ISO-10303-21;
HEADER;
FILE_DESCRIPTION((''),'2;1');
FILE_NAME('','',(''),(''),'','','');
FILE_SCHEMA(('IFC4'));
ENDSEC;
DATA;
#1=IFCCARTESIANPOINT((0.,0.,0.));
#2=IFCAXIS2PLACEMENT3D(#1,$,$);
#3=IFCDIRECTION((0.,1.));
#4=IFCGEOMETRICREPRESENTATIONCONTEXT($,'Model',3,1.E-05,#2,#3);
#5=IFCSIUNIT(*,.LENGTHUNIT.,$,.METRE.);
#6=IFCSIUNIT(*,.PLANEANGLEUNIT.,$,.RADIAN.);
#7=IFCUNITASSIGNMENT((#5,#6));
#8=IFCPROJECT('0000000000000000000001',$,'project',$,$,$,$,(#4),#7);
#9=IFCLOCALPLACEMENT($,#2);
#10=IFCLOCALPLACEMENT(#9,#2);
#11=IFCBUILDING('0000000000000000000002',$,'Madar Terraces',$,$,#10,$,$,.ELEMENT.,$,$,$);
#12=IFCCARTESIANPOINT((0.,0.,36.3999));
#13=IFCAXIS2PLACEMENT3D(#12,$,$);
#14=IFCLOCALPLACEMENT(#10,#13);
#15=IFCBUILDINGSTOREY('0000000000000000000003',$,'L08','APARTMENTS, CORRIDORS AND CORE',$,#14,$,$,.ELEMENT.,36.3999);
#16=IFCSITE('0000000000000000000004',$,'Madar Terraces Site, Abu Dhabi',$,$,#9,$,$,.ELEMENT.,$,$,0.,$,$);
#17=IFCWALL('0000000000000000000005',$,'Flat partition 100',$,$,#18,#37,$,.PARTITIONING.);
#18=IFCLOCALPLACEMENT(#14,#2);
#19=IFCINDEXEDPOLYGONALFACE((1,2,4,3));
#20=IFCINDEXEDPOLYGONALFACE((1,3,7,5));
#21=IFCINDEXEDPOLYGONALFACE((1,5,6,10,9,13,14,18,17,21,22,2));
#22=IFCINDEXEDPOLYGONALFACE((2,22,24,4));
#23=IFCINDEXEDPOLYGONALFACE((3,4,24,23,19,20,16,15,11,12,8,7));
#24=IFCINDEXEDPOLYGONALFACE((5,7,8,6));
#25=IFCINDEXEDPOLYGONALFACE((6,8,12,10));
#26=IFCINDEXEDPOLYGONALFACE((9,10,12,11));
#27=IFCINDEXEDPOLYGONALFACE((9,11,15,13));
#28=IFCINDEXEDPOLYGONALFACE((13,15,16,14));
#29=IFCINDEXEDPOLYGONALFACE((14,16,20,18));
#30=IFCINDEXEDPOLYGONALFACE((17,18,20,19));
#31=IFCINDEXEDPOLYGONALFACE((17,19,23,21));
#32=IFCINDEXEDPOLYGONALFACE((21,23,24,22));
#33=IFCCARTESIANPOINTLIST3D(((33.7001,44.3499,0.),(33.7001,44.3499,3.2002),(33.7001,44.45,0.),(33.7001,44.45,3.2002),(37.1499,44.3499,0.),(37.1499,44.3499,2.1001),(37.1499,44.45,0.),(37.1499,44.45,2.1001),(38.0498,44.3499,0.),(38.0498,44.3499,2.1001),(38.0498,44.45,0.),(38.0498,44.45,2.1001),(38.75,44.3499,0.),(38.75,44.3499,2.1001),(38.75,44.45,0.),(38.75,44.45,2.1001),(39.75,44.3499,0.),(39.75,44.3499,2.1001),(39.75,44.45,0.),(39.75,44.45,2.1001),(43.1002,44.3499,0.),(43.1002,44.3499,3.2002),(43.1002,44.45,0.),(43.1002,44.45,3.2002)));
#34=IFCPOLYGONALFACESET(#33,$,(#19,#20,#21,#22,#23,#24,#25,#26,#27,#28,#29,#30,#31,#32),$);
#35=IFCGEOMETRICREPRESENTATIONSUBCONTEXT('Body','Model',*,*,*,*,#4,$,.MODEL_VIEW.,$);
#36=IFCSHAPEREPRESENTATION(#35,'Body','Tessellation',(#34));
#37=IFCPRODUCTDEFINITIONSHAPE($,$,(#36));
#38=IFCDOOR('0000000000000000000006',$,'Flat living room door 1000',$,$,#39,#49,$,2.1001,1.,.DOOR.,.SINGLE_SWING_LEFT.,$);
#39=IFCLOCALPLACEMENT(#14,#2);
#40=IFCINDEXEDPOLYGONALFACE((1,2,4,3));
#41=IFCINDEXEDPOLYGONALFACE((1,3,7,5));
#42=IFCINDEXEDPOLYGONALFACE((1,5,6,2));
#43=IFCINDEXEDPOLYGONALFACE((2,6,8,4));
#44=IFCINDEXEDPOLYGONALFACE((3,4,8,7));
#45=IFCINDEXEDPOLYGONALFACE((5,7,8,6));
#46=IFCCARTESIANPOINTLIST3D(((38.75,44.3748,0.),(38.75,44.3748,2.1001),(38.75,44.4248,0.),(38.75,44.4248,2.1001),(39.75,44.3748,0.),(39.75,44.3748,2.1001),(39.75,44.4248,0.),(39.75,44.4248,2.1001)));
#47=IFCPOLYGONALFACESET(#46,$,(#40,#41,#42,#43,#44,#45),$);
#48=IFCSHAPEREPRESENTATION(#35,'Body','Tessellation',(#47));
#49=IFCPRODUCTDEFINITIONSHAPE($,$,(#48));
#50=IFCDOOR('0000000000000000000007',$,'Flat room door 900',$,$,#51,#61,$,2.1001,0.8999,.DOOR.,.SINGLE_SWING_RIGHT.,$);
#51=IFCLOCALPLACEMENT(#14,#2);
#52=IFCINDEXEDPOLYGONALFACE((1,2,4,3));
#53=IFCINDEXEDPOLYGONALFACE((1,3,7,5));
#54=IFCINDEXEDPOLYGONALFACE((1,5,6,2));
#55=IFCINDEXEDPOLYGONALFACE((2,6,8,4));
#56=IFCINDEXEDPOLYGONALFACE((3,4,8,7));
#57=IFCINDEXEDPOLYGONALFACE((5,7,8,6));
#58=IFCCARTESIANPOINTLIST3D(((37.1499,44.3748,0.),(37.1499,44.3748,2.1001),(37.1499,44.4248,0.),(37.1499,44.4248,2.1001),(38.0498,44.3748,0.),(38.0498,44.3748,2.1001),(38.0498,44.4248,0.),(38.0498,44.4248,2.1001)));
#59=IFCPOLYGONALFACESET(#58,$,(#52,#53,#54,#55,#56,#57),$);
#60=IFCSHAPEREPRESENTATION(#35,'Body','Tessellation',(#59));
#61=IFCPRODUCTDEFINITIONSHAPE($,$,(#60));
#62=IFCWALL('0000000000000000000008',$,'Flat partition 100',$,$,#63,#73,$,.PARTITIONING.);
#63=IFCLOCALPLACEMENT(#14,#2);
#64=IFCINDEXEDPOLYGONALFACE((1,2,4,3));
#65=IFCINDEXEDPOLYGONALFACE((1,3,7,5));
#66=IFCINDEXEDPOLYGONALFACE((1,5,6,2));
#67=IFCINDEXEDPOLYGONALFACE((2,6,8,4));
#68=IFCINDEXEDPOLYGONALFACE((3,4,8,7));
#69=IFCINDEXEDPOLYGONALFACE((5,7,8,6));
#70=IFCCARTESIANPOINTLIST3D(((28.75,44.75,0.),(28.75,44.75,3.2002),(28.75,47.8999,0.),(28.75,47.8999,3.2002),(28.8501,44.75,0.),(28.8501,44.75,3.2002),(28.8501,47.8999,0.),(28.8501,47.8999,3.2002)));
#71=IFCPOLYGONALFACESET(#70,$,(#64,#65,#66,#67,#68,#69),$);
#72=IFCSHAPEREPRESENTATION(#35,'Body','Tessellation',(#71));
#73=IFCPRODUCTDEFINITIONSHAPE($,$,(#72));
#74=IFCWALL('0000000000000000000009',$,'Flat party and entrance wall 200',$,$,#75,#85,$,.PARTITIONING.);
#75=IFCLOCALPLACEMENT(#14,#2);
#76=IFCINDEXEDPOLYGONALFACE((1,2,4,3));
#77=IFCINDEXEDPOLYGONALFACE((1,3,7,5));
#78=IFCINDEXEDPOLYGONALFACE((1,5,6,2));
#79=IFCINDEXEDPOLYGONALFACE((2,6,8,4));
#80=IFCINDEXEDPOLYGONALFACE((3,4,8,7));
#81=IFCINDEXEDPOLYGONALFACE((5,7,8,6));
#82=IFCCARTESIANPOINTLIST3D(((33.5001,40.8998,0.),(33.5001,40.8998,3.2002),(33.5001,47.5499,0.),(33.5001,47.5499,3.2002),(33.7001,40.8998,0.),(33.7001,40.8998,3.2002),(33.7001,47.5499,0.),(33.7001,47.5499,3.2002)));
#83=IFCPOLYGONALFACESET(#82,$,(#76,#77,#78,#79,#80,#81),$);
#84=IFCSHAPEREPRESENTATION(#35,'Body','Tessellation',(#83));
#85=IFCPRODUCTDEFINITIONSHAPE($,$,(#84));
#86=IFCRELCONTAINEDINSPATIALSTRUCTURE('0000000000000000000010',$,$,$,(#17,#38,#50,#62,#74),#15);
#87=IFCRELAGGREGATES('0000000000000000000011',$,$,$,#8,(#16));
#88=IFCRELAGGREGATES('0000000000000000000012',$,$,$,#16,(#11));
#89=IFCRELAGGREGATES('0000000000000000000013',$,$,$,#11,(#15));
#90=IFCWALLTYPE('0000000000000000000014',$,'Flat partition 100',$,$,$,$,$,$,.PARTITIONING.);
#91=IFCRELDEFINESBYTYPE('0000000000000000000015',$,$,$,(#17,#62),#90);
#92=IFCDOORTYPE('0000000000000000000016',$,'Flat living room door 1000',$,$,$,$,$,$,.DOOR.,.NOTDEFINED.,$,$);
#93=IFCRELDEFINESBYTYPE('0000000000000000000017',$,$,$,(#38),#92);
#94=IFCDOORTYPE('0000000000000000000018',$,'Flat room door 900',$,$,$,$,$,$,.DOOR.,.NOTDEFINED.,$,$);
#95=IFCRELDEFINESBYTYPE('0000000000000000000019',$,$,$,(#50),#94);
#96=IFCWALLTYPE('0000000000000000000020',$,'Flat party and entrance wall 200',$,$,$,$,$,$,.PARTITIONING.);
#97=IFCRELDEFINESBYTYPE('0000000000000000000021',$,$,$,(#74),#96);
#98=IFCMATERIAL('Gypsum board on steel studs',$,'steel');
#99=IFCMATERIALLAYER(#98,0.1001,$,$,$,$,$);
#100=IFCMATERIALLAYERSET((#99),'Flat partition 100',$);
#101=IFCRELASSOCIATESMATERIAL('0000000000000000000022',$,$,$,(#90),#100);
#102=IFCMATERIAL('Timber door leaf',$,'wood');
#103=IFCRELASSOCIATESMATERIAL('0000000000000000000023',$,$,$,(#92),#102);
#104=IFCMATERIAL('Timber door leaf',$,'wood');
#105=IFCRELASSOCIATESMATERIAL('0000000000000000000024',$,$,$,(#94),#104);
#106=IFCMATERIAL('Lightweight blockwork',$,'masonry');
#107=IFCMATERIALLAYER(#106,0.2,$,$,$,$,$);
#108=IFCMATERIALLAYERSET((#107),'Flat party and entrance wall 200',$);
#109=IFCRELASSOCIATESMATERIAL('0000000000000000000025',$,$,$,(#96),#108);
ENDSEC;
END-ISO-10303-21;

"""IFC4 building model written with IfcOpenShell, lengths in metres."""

from ifc_helpers import new_model, si_unit, direction, frame, frame_2d, origin, place, context, subcontext, project, spatial, rectangle, extrude, material, layer, layer_set, type_object, element, fill, save


model = new_model("IFC4")

# Units and contexts
model_context = context("Model", 3, precision=1e-05, world=origin(), true_north=direction((0.0, 1.0)))
body_context = subcontext(model_context, "Body", "Model", "MODEL_VIEW")
ifc_project = project(units=[si_unit("LENGTHUNIT", "METRE"), si_unit("PLANEANGLEUNIT", "RADIAN")], contexts=[model_context])

# Site, building, storey
site_placement = place(None, origin())
site = spatial("IfcSite", under=ifc_project, at=site_placement, Name="Madar Terraces Site, Abu Dhabi", CompositionType="ELEMENT", RefElevation=0.0)
building_placement = place(site_placement, origin())
building = spatial("IfcBuilding", under=site, at=building_placement, Name="Madar Terraces", CompositionType="ELEMENT")
storey_placement = place(building_placement, frame((0.0, 0.0, 36.3999)))
storey = spatial("IfcBuildingStorey", under=building, at=storey_placement, Name="L08", Description="APARTMENTS, CORRIDORS AND CORE", CompositionType="ELEMENT", Elevation=36.3999)

# Wall, openings, doors
ifc_material_1 = material(Name="Gypsum board on steel studs", Category="steel")
ifc_layer_1 = layer(ifc_material_1, 0.1001)
ifc_layer_set_1 = layer_set([ifc_layer_1], Name="Flat partition 100")
wall_type_1 = type_object("IfcWallType", Name="Flat partition 100", PredefinedType="PARTITIONING", material=ifc_layer_set_1)
wall_1_placement = place(storey_placement, frame((33.7, 44.3999, 0.0), z_axis=(0.0, 0.0, 1.0), x_axis=(1.0, 0.0, 0.0)))
wall_1 = element("IfcWall", 1, at=wall_1_placement, inside=storey, type_object=wall_type_1, Name="Flat partition 100", PredefinedType="PARTITIONING", context=body_context, shape_type="SweptSolid", body=[
    extrude(rectangle(XDim=9.4001, YDim=0.1001, at=frame_2d((4.7002, 0.0))), origin(), (0.0, 0.0, 1.0), 3.2002),
])
opening_1_placement = place(wall_1_placement, frame((5.05, 0.0, 0.0)))
opening_1 = element("IfcOpeningElement", 2, at=opening_1_placement, cuts=wall_1, PredefinedType="OPENING", context=body_context, shape_type="SweptSolid", body=[
    extrude(rectangle(XDim=1.0, YDim=2.1001, at=frame_2d((0.5, 1.05))), frame((0.0, 0.0601, 0.0), z_axis=(0.0, -1.0, 0.0), x_axis=(1.0, 0.0, 0.0)), (0.0, 0.0, 1.0), 0.1201),
])
opening_2_placement = place(wall_1_placement, frame((3.45, 0.0, 0.0)))
opening_2 = element("IfcOpeningElement", 3, at=opening_2_placement, cuts=wall_1, PredefinedType="OPENING", context=body_context, shape_type="SweptSolid", body=[
    extrude(rectangle(XDim=0.8999, YDim=2.1001, at=frame_2d((0.45, 1.05))), frame((0.0, 0.0601, 0.0), z_axis=(0.0, -1.0, 0.0), x_axis=(1.0, 0.0, 0.0)), (0.0, 0.0, 1.0), 0.1201),
])
ifc_material_2 = material(Name="Timber door leaf", Category="wood")
door_type_1 = type_object("IfcDoorType", Name="Flat living room door 1000", OperationType="NOTDEFINED", PredefinedType="DOOR", material=ifc_material_2)
door_1_placement = place(opening_1_placement, origin())
door_1 = element("IfcDoor", 4, at=door_1_placement, inside=storey, type_object=door_type_1, Name="Flat living room door 1000", OperationType="SINGLE_SWING_LEFT", OverallHeight=2.1001, OverallWidth=1.0, PredefinedType="DOOR", context=body_context, shape_type="SweptSolid", body=[
    extrude(rectangle(XDim=1.0, YDim=2.1001, at=frame_2d((0.5, 1.05))), frame((0.0, 0.0249, 0.0), z_axis=(0.0, -1.0, 0.0), x_axis=(1.0, 0.0, 0.0)), (0.0, 0.0, 1.0), 0.05),
])
fill(opening_1, door_1)
ifc_material_3 = material(Name="Timber door leaf", Category="wood")
door_type_2 = type_object("IfcDoorType", Name="Flat room door 900", OperationType="NOTDEFINED", PredefinedType="DOOR", material=ifc_material_3)
door_2_placement = place(opening_2_placement, origin())
door_2 = element("IfcDoor", 5, at=door_2_placement, inside=storey, type_object=door_type_2, Name="Flat room door 900", OperationType="SINGLE_SWING_RIGHT", OverallHeight=2.1001, OverallWidth=0.8999, PredefinedType="DOOR", context=body_context, shape_type="SweptSolid", body=[
    extrude(rectangle(XDim=0.8999, YDim=2.1001, at=frame_2d((0.45, 1.05))), frame((0.0, 0.0249, 0.0), z_axis=(0.0, -1.0, 0.0), x_axis=(1.0, 0.0, 0.0)), (0.0, 0.0, 1.0), 0.05),
])
fill(opening_2, door_2)

# Walls
wall_2_placement = place(storey_placement, frame((28.8, 44.75, 0.0), z_axis=(0.0, 0.0, 1.0), x_axis=(0.0, 1.0, 0.0)))
element("IfcWall", 6, at=wall_2_placement, inside=storey, type_object=wall_type_1, Name="Flat partition 100", PredefinedType="PARTITIONING", context=body_context, shape_type="SweptSolid", body=[
    extrude(rectangle(XDim=3.1499, YDim=0.1001, at=frame_2d((1.575, 0.0))), origin(), (0.0, 0.0, 1.0), 3.2002),
])
ifc_material_4 = material(Name="Lightweight blockwork", Category="masonry")
ifc_layer_2 = layer(ifc_material_4, 0.2)
ifc_layer_set_2 = layer_set([ifc_layer_2], Name="Flat party and entrance wall 200")
wall_type_2 = type_object("IfcWallType", Name="Flat party and entrance wall 200", PredefinedType="PARTITIONING", material=ifc_layer_set_2)
wall_3_placement = place(storey_placement, frame((33.6001, 47.55, 0.0), z_axis=(0.0, 0.0, 1.0), x_axis=(0.0, -1.0, 0.0)))
element("IfcWall", 7, at=wall_3_placement, inside=storey, type_object=wall_type_2, Name="Flat party and entrance wall 200", PredefinedType="PARTITIONING", context=body_context, shape_type="SweptSolid", body=[
    extrude(rectangle(XDim=6.6501, YDim=0.2, at=frame_2d((3.3252, 0.0))), origin(), (0.0, 0.0, 1.0), 3.2002),
])

save(model, "model.ifc")
